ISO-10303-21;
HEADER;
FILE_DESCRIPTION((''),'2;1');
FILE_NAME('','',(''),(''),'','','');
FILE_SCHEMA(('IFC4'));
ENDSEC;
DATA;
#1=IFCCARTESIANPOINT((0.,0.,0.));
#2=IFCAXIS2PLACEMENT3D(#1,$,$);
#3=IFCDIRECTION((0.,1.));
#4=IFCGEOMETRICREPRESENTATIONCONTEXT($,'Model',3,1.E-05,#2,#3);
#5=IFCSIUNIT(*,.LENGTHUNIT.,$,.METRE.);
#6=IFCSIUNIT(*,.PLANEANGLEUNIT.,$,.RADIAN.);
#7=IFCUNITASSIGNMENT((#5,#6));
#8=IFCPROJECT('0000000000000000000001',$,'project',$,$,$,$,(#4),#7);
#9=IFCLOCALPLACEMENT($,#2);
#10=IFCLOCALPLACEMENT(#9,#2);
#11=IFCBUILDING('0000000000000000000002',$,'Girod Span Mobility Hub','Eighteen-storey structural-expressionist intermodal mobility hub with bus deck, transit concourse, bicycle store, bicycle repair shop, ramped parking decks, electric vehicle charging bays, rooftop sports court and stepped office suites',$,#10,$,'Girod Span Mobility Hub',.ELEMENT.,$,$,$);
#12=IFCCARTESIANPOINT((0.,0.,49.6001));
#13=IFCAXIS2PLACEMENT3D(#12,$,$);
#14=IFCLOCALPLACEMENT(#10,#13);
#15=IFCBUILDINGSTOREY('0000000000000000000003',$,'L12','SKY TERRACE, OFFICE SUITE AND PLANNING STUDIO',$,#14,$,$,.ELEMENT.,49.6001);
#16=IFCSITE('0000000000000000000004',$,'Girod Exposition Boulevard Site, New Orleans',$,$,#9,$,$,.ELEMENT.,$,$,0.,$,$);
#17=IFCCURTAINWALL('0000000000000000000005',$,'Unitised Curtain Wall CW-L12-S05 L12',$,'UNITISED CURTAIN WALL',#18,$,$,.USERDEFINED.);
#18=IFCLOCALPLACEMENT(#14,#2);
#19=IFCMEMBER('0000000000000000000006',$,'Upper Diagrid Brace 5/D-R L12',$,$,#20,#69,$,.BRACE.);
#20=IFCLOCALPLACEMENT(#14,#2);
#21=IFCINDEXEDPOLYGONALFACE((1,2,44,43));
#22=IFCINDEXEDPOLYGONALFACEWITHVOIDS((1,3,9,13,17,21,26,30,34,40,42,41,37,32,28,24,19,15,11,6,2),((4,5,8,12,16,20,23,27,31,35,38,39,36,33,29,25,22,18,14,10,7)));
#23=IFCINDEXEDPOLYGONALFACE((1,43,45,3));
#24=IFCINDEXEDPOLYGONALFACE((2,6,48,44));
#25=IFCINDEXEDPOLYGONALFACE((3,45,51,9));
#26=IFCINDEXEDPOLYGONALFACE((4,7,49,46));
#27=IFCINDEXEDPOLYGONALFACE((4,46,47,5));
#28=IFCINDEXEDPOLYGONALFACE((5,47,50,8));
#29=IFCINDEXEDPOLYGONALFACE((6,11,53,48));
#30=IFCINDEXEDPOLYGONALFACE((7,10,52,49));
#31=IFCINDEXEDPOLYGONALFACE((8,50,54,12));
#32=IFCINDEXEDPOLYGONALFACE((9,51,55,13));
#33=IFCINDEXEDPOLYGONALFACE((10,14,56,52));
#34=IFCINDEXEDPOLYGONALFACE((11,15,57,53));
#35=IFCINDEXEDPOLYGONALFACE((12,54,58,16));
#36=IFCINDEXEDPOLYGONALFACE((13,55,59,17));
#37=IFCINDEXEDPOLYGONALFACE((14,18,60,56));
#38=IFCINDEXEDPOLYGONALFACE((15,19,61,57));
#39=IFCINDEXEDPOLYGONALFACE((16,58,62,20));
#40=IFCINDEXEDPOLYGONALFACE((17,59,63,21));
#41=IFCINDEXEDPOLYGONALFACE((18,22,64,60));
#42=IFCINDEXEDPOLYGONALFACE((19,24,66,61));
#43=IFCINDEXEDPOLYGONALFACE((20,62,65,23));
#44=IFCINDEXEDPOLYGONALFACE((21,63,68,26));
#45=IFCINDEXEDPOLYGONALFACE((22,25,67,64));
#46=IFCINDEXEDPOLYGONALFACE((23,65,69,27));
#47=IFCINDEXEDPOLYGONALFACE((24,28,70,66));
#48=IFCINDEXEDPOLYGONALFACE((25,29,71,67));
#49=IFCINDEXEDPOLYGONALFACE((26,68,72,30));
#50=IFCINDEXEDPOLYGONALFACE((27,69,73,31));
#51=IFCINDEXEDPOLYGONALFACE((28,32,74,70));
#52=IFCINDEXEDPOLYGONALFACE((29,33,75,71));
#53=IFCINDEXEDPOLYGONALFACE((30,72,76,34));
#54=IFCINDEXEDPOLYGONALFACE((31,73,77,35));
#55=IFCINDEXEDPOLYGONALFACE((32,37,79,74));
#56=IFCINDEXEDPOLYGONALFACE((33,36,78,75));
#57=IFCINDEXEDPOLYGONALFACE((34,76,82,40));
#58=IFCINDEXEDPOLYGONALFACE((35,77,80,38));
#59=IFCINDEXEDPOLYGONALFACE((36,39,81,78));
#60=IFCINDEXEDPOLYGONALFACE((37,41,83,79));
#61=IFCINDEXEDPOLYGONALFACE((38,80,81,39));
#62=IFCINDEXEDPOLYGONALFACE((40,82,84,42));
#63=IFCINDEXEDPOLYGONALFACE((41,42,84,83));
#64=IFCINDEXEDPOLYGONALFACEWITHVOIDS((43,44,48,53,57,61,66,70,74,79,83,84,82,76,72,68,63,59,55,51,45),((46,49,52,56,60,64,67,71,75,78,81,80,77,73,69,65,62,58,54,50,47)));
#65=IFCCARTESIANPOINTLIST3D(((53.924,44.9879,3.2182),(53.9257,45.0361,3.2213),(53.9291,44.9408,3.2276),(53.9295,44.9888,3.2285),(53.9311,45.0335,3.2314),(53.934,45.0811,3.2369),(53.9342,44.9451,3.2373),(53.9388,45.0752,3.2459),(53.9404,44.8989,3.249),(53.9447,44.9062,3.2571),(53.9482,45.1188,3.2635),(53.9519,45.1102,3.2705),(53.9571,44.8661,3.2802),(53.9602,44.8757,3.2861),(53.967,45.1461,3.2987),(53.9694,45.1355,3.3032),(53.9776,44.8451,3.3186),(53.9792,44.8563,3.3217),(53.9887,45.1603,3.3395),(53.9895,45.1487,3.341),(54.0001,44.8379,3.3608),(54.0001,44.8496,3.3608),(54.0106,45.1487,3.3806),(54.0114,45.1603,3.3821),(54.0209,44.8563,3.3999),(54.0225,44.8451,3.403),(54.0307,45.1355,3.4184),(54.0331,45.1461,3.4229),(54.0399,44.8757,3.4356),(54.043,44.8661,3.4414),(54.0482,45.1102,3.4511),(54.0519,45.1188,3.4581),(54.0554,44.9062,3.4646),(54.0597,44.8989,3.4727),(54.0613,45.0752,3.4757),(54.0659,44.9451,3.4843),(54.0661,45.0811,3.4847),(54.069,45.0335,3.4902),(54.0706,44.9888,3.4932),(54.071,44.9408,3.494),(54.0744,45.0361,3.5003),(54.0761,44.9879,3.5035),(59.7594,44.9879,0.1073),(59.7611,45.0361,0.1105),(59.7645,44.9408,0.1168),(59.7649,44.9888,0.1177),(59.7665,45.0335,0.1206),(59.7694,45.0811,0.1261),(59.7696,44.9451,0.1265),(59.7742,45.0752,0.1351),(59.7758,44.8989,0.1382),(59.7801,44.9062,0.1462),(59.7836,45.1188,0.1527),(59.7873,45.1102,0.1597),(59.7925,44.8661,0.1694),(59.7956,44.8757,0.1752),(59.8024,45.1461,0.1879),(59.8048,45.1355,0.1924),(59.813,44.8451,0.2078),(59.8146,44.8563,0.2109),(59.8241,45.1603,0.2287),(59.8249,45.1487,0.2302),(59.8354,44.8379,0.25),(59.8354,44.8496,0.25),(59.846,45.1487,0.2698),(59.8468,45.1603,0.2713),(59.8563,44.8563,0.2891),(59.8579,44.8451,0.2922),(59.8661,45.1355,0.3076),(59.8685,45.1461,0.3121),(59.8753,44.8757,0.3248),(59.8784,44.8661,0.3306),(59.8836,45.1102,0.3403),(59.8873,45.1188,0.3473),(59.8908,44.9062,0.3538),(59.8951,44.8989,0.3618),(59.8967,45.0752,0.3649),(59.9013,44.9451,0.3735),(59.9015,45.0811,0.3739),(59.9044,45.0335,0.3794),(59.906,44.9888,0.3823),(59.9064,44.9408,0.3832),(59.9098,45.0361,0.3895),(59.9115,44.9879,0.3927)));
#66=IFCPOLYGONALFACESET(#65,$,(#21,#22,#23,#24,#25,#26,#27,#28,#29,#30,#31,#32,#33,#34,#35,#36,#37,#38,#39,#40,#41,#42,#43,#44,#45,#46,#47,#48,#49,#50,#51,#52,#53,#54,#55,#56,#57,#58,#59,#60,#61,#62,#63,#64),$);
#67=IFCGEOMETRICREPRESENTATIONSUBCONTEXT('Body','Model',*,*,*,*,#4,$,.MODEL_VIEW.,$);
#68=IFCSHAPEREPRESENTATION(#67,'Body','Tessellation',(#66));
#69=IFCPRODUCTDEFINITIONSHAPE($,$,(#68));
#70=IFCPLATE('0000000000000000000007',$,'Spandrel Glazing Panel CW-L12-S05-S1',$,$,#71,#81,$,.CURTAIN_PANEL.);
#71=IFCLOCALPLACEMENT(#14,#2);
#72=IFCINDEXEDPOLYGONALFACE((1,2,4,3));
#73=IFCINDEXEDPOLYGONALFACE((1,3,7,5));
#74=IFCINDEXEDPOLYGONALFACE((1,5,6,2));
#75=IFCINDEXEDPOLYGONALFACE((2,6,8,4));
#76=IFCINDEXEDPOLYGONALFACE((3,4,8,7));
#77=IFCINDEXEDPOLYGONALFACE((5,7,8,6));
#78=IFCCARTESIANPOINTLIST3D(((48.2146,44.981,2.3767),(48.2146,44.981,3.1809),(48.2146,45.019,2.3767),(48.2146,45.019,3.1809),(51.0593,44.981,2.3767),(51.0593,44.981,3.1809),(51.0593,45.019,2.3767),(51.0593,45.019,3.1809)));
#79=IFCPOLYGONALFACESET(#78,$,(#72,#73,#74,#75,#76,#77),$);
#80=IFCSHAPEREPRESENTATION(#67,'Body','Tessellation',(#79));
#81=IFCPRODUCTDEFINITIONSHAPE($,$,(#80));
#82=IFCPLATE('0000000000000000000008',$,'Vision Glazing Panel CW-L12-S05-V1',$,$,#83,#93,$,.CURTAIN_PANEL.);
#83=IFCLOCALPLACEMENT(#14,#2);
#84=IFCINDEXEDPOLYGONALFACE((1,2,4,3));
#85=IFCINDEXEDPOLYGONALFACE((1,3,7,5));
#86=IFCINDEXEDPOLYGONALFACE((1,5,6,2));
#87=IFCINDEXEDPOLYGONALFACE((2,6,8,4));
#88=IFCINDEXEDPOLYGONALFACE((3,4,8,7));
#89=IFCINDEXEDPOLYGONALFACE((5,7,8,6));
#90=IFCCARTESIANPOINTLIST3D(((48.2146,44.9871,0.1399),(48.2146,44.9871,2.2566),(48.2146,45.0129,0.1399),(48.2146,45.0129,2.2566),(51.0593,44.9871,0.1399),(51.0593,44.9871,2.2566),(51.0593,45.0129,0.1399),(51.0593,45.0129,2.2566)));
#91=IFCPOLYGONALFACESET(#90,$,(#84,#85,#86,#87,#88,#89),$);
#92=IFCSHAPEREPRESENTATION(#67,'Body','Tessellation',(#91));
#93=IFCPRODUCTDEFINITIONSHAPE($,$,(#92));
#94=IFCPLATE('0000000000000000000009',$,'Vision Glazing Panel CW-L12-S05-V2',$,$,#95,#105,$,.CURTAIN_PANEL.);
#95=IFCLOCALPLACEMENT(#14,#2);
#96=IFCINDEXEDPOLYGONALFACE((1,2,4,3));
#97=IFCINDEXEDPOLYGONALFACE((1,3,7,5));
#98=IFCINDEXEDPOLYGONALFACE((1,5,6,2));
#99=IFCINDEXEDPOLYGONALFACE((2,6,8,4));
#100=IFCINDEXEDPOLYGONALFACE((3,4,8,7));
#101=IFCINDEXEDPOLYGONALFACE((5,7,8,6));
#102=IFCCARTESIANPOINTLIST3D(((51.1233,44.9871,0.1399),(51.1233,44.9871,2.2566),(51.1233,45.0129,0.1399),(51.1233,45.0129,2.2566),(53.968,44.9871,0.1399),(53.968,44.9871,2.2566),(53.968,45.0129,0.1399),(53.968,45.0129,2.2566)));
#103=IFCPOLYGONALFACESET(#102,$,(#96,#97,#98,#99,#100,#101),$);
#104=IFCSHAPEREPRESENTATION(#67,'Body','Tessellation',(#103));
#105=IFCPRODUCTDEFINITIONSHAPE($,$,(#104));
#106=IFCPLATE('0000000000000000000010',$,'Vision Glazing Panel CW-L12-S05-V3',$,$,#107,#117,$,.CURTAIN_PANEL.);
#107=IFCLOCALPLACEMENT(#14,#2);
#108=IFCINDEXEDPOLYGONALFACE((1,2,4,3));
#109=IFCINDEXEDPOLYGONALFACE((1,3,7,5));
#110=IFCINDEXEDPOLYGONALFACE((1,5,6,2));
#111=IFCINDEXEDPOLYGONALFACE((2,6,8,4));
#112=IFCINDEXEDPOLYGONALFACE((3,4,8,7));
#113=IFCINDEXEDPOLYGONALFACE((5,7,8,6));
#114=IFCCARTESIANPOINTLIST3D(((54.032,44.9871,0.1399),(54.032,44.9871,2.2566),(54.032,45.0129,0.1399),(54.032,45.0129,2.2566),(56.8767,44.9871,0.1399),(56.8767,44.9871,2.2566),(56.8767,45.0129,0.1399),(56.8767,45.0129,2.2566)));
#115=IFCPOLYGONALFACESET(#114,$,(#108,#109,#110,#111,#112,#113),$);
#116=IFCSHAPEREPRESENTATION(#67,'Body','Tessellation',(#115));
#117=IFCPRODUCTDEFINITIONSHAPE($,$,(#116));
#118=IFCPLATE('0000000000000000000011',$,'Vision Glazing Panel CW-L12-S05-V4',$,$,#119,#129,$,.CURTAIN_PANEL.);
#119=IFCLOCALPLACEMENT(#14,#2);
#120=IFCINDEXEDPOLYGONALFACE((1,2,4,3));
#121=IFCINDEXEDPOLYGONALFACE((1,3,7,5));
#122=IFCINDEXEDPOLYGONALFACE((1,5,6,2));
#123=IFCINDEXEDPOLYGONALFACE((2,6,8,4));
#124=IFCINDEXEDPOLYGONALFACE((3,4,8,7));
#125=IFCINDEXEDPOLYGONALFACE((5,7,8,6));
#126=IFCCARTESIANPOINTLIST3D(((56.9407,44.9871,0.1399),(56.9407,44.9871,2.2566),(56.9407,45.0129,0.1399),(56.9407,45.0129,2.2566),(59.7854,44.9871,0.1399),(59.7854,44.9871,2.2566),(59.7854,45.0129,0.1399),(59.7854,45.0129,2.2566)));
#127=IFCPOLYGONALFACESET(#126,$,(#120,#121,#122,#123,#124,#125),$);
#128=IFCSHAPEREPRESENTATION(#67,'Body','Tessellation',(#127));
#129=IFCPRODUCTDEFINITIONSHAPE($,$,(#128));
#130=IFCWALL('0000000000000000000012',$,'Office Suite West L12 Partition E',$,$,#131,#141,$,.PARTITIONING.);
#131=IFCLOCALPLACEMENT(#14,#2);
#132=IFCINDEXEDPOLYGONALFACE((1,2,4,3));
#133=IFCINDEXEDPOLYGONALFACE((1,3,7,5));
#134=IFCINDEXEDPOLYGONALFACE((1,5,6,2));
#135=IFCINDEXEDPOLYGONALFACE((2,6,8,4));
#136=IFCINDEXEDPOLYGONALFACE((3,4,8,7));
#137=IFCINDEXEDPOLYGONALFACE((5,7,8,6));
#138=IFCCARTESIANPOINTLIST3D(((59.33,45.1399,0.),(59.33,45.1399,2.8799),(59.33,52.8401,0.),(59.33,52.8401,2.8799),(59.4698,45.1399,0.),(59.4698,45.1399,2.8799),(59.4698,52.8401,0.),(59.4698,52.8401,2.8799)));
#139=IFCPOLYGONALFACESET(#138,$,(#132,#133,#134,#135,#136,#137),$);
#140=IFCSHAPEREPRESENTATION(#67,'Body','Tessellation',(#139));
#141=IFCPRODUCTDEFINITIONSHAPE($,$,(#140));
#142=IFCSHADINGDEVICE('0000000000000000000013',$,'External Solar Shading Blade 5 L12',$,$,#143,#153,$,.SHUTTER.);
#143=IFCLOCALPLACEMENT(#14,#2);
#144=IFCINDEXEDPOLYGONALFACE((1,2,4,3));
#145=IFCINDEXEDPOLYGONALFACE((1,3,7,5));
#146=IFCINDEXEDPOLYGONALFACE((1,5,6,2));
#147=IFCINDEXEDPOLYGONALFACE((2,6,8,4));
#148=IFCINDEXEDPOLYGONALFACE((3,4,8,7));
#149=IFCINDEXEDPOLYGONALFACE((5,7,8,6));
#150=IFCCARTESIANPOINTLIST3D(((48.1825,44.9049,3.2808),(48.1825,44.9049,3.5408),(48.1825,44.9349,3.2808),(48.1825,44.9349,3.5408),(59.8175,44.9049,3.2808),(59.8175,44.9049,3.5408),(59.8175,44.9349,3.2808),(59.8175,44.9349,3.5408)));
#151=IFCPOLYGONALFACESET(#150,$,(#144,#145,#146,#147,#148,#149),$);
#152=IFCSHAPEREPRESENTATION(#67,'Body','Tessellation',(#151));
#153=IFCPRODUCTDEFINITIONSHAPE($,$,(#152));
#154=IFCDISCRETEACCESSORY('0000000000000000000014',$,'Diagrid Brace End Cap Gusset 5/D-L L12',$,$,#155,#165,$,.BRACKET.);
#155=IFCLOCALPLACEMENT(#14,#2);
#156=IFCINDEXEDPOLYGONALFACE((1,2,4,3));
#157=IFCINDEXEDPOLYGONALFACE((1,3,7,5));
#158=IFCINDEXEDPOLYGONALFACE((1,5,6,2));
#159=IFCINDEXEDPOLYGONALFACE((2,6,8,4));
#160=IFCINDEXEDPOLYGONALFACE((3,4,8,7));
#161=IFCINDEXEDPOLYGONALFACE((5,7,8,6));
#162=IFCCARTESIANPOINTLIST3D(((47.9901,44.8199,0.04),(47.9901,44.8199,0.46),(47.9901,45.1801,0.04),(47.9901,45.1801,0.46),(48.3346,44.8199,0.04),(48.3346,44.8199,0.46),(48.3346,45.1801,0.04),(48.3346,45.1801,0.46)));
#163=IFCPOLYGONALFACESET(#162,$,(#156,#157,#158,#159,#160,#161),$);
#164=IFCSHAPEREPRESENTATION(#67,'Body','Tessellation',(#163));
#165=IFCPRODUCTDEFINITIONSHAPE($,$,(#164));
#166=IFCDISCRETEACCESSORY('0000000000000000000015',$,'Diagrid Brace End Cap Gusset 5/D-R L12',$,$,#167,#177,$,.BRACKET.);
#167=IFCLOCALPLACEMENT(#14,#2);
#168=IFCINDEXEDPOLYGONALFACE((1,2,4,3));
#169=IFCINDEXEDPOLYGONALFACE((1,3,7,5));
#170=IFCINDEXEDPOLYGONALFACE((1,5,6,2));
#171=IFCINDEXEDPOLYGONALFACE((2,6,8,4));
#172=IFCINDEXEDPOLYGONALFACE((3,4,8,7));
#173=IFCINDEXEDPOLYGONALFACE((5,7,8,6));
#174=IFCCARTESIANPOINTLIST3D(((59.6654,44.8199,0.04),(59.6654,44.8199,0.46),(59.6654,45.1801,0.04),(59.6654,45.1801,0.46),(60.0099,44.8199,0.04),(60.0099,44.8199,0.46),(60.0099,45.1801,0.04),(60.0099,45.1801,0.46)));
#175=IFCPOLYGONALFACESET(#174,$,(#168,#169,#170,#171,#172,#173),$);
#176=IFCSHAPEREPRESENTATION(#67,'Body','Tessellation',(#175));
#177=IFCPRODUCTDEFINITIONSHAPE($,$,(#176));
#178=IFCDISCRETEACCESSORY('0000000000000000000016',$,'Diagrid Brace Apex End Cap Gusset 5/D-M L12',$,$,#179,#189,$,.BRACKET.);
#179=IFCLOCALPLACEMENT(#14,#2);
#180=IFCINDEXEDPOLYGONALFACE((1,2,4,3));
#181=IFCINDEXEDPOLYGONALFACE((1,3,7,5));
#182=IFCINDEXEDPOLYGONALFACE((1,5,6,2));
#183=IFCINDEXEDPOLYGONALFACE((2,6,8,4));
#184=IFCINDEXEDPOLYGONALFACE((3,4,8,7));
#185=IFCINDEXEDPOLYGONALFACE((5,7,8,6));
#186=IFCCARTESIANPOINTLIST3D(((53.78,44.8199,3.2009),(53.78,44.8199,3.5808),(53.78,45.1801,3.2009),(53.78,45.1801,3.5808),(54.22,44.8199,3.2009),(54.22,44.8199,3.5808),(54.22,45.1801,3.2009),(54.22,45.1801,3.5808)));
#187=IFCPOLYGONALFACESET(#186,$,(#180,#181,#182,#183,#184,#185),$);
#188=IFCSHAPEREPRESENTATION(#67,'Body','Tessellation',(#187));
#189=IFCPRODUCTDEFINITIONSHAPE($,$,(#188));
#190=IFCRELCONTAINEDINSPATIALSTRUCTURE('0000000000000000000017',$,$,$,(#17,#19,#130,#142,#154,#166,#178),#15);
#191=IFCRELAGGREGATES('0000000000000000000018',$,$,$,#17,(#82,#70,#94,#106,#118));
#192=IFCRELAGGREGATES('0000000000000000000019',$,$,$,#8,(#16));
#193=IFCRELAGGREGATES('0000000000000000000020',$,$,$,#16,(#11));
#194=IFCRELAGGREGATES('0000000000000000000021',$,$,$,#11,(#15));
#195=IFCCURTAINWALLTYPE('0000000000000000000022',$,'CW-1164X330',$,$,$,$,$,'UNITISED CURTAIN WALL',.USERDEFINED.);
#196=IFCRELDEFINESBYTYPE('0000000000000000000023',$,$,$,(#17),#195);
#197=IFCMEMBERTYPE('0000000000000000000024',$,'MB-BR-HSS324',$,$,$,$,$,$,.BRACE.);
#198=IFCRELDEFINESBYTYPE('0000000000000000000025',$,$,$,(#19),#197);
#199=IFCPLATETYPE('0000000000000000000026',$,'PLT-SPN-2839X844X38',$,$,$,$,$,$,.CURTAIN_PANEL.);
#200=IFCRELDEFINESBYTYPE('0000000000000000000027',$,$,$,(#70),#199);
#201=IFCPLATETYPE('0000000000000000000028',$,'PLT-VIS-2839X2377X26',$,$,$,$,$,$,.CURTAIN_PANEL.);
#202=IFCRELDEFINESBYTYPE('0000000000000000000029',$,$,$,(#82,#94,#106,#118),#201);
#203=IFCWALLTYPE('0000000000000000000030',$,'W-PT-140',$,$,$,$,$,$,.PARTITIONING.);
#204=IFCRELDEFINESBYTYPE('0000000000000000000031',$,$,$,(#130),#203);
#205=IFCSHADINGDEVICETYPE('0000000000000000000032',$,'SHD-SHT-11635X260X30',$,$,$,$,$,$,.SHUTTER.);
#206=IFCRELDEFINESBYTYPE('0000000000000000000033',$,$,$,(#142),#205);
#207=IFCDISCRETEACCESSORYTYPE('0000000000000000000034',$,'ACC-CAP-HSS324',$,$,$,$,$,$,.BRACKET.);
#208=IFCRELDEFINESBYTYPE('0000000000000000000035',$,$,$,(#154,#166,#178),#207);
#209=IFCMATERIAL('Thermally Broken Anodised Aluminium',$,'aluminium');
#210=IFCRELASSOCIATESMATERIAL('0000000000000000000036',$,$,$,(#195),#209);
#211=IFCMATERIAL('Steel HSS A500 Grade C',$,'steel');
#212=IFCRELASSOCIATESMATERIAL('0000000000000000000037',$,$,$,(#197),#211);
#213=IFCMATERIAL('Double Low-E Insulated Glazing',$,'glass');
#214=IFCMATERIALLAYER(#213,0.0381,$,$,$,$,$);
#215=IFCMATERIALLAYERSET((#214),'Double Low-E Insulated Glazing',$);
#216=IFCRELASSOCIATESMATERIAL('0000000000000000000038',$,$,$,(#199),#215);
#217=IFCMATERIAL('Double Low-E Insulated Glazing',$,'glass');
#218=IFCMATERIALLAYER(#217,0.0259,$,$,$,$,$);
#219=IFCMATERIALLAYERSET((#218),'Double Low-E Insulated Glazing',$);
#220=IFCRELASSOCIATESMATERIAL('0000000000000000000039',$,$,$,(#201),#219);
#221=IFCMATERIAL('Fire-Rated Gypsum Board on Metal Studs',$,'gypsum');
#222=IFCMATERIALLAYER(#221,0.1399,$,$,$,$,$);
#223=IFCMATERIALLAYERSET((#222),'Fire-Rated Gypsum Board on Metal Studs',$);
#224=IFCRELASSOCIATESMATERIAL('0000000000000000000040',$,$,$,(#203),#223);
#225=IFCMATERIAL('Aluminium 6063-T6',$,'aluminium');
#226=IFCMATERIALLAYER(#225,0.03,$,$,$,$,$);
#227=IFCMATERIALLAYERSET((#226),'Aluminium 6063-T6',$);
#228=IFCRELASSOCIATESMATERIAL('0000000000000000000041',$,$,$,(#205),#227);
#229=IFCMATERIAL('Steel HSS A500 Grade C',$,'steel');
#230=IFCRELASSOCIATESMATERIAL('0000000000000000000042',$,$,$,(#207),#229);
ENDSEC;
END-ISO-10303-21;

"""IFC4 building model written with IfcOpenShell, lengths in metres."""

from ifc_helpers import new_model, si_unit, direction, frame, frame_2d, origin, origin_2d, place, context, subcontext, project, spatial, rectangle, hollow_circle, extrude, material, layer, layer_set, material_profile, profile_set, type_object, element, aggregate, save


model = new_model("IFC4")

# Units and contexts
model_context = context("Model", 3, precision=1e-05, world=origin(), true_north=direction((0.0, 1.0)))
body_context = subcontext(model_context, "Body", "Model", "MODEL_VIEW")
ifc_project = project(units=[si_unit("LENGTHUNIT", "METRE"), si_unit("PLANEANGLEUNIT", "RADIAN")], contexts=[model_context])

# Site, building, storey
site_placement = place(None, origin())
site = spatial("IfcSite", under=ifc_project, at=site_placement, Name="Girod Exposition Boulevard Site, New Orleans", CompositionType="ELEMENT", RefElevation=0.0)
building_placement = place(site_placement, origin())
building = spatial("IfcBuilding", under=site, at=building_placement, Name="Girod Span Mobility Hub", Description="Eighteen-storey structural-expressionist intermodal mobility hub with bus deck, transit concourse, bicycle store, bicycle repair shop, ramped parking decks, electric vehicle charging bays, rooftop sports court and stepped office suites", LongName="Girod Span Mobility Hub", CompositionType="ELEMENT")
storey_placement = place(building_placement, frame((0.0, 0.0, 49.6001)))
storey = spatial("IfcBuildingStorey", under=building, at=storey_placement, Name="L12", Description="SKY TERRACE, OFFICE SUITE AND PLANNING STUDIO", CompositionType="ELEMENT", Elevation=49.6001)

# Curtain wall
ifc_material_1 = material(Name="Thermally Broken Anodised Aluminium", Category="aluminium")
curtain_wall_type = type_object("IfcCurtainWallType", Name="CW-1164X330", ElementType="UNITISED CURTAIN WALL", PredefinedType="USERDEFINED", material=ifc_material_1)
curtain_wall_placement = place(storey_placement, origin())
curtain_wall = element("IfcCurtainWall", 1, at=curtain_wall_placement, inside=storey, type_object=curtain_wall_type, Name="Unitised Curtain Wall CW-L12-S05 L12", ObjectType="UNITISED CURTAIN WALL", PredefinedType="USERDEFINED")

# Member
ifc_material_2 = material(Name="Steel HSS A500 Grade C", Category="steel")
ifc_material_profile_1 = material_profile(ifc_material_2, hollow_circle(Radius=0.1621, WallThickness=0.0117, at=origin_2d()), Name="HSS324X12.7")
ifc_profile_set_1 = profile_set([ifc_material_profile_1], Name="Steel HSS A500 Grade C")
member_type_1 = type_object("IfcMemberType", Name="MB-BR-HSS324", PredefinedType="BRACE", material=ifc_profile_set_1)
for number, where, z_axis, x_axis, name in (
    (2, (59.8354, 45.0, 0.25), (-0.882441, 0.0, 0.470423), (0.0, -1.0, 0.0), "Upper Diagrid Brace 5/D-R L12"),
):
    element("IfcMember", number, at=place(storey_placement, frame(where, z_axis=z_axis, x_axis=x_axis)), inside=storey, type_object=member_type_1, Name=name, PredefinedType="BRACE", context=body_context, shape_type="SweptSolid", body=[
        extrude(hollow_circle(Radius=0.1621, WallThickness=0.0117, at=origin_2d()), origin(), (0.0, 0.0, 1.0), 6.6128),
    ])

# Plates
ifc_material_3 = material(Name="Double Low-E Insulated Glazing", Category="glass")
ifc_layer_1 = layer(ifc_material_3, 0.0381)
ifc_layer_set_1 = layer_set([ifc_layer_1], Name="Double Low-E Insulated Glazing")
plate_type_1 = type_object("IfcPlateType", Name="PLT-SPN-2839X844X38", PredefinedType="CURTAIN_PANEL", material=ifc_layer_set_1)
plate_1_placement = place(storey_placement, frame((49.637, 45.0, 2.3767), z_axis=(0.0, 0.0, 1.0), x_axis=(1.0, 0.0, 0.0)))
plate_1 = element("IfcPlate", 3, at=plate_1_placement, type_object=plate_type_1, Name="Spandrel Glazing Panel CW-L12-S05-S1", PredefinedType="CURTAIN_PANEL", context=body_context, shape_type="SweptSolid", body=[
    extrude(rectangle(XDim=2.8447, YDim=0.0381, at=origin_2d()), origin(), (0.0, 0.0, 1.0), 0.8042),
])
ifc_material_4 = material(Name="Double Low-E Insulated Glazing", Category="glass")
ifc_layer_2 = layer(ifc_material_4, 0.0259)
ifc_layer_set_2 = layer_set([ifc_layer_2], Name="Double Low-E Insulated Glazing")
plate_type_2 = type_object("IfcPlateType", Name="PLT-VIS-2839X2377X26", PredefinedType="CURTAIN_PANEL", material=ifc_layer_set_2)
plate_2_placement = place(storey_placement, frame((49.637, 45.0, 0.1399), z_axis=(0.0, 0.0, 1.0), x_axis=(1.0, 0.0, 0.0)))
plate_2 = element("IfcPlate", 4, at=plate_2_placement, type_object=plate_type_2, Name="Vision Glazing Panel CW-L12-S05-V1", PredefinedType="CURTAIN_PANEL", context=body_context, shape_type="SweptSolid", body=[
    extrude(rectangle(XDim=2.8447, YDim=0.0259, at=origin_2d()), origin(), (0.0, 0.0, 1.0), 2.1167),
])
plate_3_placement = place(storey_placement, frame((52.5457, 45.0, 0.1399), z_axis=(0.0, 0.0, 1.0), x_axis=(1.0, 0.0, 0.0)))
plate_3 = element("IfcPlate", 5, at=plate_3_placement, type_object=plate_type_2, Name="Vision Glazing Panel CW-L12-S05-V2", PredefinedType="CURTAIN_PANEL", context=body_context, shape_type="SweptSolid", body=[
    extrude(rectangle(XDim=2.8447, YDim=0.0259, at=origin_2d()), origin(), (0.0, 0.0, 1.0), 2.1167),
])
plate_4_placement = place(storey_placement, frame((55.4543, 45.0, 0.1399), z_axis=(0.0, 0.0, 1.0), x_axis=(1.0, 0.0, 0.0)))
plate_4 = element("IfcPlate", 6, at=plate_4_placement, type_object=plate_type_2, Name="Vision Glazing Panel CW-L12-S05-V3", PredefinedType="CURTAIN_PANEL", context=body_context, shape_type="SweptSolid", body=[
    extrude(rectangle(XDim=2.8447, YDim=0.0259, at=origin_2d()), origin(), (0.0, 0.0, 1.0), 2.1167),
])
plate_5_placement = place(storey_placement, frame((58.363, 45.0, 0.1399), z_axis=(0.0, 0.0, 1.0), x_axis=(1.0, 0.0, 0.0)))
plate_5 = element("IfcPlate", 7, at=plate_5_placement, type_object=plate_type_2, Name="Vision Glazing Panel CW-L12-S05-V4", PredefinedType="CURTAIN_PANEL", context=body_context, shape_type="SweptSolid", body=[
    extrude(rectangle(XDim=2.8447, YDim=0.0259, at=origin_2d()), origin(), (0.0, 0.0, 1.0), 2.1167),
])
aggregate(curtain_wall, [plate_2, plate_1, plate_3, plate_4, plate_5])

# Wall
ifc_material_5 = material(Name="Fire-Rated Gypsum Board on Metal Studs", Category="gypsum")
ifc_layer_3 = layer(ifc_material_5, 0.1399)
ifc_layer_set_3 = layer_set([ifc_layer_3], Name="Fire-Rated Gypsum Board on Metal Studs")
wall_type = type_object("IfcWallType", Name="W-PT-140", PredefinedType="PARTITIONING", material=ifc_layer_set_3)
wall_placement = place(storey_placement, frame((59.3999, 45.1399, 0.0), z_axis=(0.0, 0.0, 1.0), x_axis=(0.0, 1.0, 0.0)))
element("IfcWall", 8, at=wall_placement, inside=storey, type_object=wall_type, Name="Office Suite West L12 Partition E", PredefinedType="PARTITIONING", context=body_context, shape_type="SweptSolid", body=[
    extrude(rectangle(XDim=7.7002, YDim=0.1399, at=frame_2d((3.8501, 0.0))), origin(), (0.0, 0.0, 1.0), 2.8799),
])

# Shading device
ifc_material_6 = material(Name="Aluminium 6063-T6", Category="aluminium")
ifc_layer_4 = layer(ifc_material_6, 0.03)
ifc_layer_set_4 = layer_set([ifc_layer_4], Name="Aluminium 6063-T6")
shading_device_type = type_object("IfcShadingDeviceType", Name="SHD-SHT-11635X260X30", PredefinedType="SHUTTER", material=ifc_layer_set_4)
shading_device_placement = place(storey_placement, frame((54.0, 44.9199, 3.2808), z_axis=(0.0, 0.0, 1.0), x_axis=(1.0, 0.0, 0.0)))
element("IfcShadingDevice", 9, at=shading_device_placement, inside=storey, type_object=shading_device_type, Name="External Solar Shading Blade 5 L12", PredefinedType="SHUTTER", context=body_context, shape_type="SweptSolid", body=[
    extrude(rectangle(XDim=11.635, YDim=0.03, at=origin_2d()), origin(), (0.0, 0.0, 1.0), 0.26),
])

# Discrete accessories
ifc_material_7 = material(Name="Steel HSS A500 Grade C", Category="steel")
discrete_accessory_type = type_object("IfcDiscreteAccessoryType", Name="ACC-CAP-HSS324", PredefinedType="BRACKET", material=ifc_material_7)
for number, where, z_axis, x_axis, name in (
    (10, (48.1624, 45.0, 0.04), (0.0, 0.0, 1.0), (1.0, 0.0, 0.0), "Diagrid Brace End Cap Gusset 5/D-L L12"),
    (11, (59.8376, 45.0, 0.04), (0.0, 0.0, 1.0), (1.0, 0.0, 0.0), "Diagrid Brace End Cap Gusset 5/D-R L12"),
):
    element("IfcDiscreteAccessory", number, at=place(storey_placement, frame(where, z_axis=z_axis, x_axis=x_axis)), inside=storey, type_object=discrete_accessory_type, Name=name, PredefinedType="BRACKET", context=body_context, shape_type="SweptSolid", body=[
        extrude(rectangle(XDim=0.3445, YDim=0.3601, at=origin_2d()), origin(), (0.0, 0.0, 1.0), 0.4199),
    ])
discrete_accessory_placement = place(storey_placement, frame((54.0, 45.0, 3.2009), z_axis=(0.0, 0.0, 1.0), x_axis=(1.0, 0.0, 0.0)))
element("IfcDiscreteAccessory", 12, at=discrete_accessory_placement, inside=storey, type_object=discrete_accessory_type, Name="Diagrid Brace Apex End Cap Gusset 5/D-M L12", PredefinedType="BRACKET", context=body_context, shape_type="SweptSolid", body=[
    extrude(rectangle(XDim=0.4399, YDim=0.3601, at=origin_2d()), origin(), (0.0, 0.0, 1.0), 0.3799),
])

save(model, "model.ifc")
